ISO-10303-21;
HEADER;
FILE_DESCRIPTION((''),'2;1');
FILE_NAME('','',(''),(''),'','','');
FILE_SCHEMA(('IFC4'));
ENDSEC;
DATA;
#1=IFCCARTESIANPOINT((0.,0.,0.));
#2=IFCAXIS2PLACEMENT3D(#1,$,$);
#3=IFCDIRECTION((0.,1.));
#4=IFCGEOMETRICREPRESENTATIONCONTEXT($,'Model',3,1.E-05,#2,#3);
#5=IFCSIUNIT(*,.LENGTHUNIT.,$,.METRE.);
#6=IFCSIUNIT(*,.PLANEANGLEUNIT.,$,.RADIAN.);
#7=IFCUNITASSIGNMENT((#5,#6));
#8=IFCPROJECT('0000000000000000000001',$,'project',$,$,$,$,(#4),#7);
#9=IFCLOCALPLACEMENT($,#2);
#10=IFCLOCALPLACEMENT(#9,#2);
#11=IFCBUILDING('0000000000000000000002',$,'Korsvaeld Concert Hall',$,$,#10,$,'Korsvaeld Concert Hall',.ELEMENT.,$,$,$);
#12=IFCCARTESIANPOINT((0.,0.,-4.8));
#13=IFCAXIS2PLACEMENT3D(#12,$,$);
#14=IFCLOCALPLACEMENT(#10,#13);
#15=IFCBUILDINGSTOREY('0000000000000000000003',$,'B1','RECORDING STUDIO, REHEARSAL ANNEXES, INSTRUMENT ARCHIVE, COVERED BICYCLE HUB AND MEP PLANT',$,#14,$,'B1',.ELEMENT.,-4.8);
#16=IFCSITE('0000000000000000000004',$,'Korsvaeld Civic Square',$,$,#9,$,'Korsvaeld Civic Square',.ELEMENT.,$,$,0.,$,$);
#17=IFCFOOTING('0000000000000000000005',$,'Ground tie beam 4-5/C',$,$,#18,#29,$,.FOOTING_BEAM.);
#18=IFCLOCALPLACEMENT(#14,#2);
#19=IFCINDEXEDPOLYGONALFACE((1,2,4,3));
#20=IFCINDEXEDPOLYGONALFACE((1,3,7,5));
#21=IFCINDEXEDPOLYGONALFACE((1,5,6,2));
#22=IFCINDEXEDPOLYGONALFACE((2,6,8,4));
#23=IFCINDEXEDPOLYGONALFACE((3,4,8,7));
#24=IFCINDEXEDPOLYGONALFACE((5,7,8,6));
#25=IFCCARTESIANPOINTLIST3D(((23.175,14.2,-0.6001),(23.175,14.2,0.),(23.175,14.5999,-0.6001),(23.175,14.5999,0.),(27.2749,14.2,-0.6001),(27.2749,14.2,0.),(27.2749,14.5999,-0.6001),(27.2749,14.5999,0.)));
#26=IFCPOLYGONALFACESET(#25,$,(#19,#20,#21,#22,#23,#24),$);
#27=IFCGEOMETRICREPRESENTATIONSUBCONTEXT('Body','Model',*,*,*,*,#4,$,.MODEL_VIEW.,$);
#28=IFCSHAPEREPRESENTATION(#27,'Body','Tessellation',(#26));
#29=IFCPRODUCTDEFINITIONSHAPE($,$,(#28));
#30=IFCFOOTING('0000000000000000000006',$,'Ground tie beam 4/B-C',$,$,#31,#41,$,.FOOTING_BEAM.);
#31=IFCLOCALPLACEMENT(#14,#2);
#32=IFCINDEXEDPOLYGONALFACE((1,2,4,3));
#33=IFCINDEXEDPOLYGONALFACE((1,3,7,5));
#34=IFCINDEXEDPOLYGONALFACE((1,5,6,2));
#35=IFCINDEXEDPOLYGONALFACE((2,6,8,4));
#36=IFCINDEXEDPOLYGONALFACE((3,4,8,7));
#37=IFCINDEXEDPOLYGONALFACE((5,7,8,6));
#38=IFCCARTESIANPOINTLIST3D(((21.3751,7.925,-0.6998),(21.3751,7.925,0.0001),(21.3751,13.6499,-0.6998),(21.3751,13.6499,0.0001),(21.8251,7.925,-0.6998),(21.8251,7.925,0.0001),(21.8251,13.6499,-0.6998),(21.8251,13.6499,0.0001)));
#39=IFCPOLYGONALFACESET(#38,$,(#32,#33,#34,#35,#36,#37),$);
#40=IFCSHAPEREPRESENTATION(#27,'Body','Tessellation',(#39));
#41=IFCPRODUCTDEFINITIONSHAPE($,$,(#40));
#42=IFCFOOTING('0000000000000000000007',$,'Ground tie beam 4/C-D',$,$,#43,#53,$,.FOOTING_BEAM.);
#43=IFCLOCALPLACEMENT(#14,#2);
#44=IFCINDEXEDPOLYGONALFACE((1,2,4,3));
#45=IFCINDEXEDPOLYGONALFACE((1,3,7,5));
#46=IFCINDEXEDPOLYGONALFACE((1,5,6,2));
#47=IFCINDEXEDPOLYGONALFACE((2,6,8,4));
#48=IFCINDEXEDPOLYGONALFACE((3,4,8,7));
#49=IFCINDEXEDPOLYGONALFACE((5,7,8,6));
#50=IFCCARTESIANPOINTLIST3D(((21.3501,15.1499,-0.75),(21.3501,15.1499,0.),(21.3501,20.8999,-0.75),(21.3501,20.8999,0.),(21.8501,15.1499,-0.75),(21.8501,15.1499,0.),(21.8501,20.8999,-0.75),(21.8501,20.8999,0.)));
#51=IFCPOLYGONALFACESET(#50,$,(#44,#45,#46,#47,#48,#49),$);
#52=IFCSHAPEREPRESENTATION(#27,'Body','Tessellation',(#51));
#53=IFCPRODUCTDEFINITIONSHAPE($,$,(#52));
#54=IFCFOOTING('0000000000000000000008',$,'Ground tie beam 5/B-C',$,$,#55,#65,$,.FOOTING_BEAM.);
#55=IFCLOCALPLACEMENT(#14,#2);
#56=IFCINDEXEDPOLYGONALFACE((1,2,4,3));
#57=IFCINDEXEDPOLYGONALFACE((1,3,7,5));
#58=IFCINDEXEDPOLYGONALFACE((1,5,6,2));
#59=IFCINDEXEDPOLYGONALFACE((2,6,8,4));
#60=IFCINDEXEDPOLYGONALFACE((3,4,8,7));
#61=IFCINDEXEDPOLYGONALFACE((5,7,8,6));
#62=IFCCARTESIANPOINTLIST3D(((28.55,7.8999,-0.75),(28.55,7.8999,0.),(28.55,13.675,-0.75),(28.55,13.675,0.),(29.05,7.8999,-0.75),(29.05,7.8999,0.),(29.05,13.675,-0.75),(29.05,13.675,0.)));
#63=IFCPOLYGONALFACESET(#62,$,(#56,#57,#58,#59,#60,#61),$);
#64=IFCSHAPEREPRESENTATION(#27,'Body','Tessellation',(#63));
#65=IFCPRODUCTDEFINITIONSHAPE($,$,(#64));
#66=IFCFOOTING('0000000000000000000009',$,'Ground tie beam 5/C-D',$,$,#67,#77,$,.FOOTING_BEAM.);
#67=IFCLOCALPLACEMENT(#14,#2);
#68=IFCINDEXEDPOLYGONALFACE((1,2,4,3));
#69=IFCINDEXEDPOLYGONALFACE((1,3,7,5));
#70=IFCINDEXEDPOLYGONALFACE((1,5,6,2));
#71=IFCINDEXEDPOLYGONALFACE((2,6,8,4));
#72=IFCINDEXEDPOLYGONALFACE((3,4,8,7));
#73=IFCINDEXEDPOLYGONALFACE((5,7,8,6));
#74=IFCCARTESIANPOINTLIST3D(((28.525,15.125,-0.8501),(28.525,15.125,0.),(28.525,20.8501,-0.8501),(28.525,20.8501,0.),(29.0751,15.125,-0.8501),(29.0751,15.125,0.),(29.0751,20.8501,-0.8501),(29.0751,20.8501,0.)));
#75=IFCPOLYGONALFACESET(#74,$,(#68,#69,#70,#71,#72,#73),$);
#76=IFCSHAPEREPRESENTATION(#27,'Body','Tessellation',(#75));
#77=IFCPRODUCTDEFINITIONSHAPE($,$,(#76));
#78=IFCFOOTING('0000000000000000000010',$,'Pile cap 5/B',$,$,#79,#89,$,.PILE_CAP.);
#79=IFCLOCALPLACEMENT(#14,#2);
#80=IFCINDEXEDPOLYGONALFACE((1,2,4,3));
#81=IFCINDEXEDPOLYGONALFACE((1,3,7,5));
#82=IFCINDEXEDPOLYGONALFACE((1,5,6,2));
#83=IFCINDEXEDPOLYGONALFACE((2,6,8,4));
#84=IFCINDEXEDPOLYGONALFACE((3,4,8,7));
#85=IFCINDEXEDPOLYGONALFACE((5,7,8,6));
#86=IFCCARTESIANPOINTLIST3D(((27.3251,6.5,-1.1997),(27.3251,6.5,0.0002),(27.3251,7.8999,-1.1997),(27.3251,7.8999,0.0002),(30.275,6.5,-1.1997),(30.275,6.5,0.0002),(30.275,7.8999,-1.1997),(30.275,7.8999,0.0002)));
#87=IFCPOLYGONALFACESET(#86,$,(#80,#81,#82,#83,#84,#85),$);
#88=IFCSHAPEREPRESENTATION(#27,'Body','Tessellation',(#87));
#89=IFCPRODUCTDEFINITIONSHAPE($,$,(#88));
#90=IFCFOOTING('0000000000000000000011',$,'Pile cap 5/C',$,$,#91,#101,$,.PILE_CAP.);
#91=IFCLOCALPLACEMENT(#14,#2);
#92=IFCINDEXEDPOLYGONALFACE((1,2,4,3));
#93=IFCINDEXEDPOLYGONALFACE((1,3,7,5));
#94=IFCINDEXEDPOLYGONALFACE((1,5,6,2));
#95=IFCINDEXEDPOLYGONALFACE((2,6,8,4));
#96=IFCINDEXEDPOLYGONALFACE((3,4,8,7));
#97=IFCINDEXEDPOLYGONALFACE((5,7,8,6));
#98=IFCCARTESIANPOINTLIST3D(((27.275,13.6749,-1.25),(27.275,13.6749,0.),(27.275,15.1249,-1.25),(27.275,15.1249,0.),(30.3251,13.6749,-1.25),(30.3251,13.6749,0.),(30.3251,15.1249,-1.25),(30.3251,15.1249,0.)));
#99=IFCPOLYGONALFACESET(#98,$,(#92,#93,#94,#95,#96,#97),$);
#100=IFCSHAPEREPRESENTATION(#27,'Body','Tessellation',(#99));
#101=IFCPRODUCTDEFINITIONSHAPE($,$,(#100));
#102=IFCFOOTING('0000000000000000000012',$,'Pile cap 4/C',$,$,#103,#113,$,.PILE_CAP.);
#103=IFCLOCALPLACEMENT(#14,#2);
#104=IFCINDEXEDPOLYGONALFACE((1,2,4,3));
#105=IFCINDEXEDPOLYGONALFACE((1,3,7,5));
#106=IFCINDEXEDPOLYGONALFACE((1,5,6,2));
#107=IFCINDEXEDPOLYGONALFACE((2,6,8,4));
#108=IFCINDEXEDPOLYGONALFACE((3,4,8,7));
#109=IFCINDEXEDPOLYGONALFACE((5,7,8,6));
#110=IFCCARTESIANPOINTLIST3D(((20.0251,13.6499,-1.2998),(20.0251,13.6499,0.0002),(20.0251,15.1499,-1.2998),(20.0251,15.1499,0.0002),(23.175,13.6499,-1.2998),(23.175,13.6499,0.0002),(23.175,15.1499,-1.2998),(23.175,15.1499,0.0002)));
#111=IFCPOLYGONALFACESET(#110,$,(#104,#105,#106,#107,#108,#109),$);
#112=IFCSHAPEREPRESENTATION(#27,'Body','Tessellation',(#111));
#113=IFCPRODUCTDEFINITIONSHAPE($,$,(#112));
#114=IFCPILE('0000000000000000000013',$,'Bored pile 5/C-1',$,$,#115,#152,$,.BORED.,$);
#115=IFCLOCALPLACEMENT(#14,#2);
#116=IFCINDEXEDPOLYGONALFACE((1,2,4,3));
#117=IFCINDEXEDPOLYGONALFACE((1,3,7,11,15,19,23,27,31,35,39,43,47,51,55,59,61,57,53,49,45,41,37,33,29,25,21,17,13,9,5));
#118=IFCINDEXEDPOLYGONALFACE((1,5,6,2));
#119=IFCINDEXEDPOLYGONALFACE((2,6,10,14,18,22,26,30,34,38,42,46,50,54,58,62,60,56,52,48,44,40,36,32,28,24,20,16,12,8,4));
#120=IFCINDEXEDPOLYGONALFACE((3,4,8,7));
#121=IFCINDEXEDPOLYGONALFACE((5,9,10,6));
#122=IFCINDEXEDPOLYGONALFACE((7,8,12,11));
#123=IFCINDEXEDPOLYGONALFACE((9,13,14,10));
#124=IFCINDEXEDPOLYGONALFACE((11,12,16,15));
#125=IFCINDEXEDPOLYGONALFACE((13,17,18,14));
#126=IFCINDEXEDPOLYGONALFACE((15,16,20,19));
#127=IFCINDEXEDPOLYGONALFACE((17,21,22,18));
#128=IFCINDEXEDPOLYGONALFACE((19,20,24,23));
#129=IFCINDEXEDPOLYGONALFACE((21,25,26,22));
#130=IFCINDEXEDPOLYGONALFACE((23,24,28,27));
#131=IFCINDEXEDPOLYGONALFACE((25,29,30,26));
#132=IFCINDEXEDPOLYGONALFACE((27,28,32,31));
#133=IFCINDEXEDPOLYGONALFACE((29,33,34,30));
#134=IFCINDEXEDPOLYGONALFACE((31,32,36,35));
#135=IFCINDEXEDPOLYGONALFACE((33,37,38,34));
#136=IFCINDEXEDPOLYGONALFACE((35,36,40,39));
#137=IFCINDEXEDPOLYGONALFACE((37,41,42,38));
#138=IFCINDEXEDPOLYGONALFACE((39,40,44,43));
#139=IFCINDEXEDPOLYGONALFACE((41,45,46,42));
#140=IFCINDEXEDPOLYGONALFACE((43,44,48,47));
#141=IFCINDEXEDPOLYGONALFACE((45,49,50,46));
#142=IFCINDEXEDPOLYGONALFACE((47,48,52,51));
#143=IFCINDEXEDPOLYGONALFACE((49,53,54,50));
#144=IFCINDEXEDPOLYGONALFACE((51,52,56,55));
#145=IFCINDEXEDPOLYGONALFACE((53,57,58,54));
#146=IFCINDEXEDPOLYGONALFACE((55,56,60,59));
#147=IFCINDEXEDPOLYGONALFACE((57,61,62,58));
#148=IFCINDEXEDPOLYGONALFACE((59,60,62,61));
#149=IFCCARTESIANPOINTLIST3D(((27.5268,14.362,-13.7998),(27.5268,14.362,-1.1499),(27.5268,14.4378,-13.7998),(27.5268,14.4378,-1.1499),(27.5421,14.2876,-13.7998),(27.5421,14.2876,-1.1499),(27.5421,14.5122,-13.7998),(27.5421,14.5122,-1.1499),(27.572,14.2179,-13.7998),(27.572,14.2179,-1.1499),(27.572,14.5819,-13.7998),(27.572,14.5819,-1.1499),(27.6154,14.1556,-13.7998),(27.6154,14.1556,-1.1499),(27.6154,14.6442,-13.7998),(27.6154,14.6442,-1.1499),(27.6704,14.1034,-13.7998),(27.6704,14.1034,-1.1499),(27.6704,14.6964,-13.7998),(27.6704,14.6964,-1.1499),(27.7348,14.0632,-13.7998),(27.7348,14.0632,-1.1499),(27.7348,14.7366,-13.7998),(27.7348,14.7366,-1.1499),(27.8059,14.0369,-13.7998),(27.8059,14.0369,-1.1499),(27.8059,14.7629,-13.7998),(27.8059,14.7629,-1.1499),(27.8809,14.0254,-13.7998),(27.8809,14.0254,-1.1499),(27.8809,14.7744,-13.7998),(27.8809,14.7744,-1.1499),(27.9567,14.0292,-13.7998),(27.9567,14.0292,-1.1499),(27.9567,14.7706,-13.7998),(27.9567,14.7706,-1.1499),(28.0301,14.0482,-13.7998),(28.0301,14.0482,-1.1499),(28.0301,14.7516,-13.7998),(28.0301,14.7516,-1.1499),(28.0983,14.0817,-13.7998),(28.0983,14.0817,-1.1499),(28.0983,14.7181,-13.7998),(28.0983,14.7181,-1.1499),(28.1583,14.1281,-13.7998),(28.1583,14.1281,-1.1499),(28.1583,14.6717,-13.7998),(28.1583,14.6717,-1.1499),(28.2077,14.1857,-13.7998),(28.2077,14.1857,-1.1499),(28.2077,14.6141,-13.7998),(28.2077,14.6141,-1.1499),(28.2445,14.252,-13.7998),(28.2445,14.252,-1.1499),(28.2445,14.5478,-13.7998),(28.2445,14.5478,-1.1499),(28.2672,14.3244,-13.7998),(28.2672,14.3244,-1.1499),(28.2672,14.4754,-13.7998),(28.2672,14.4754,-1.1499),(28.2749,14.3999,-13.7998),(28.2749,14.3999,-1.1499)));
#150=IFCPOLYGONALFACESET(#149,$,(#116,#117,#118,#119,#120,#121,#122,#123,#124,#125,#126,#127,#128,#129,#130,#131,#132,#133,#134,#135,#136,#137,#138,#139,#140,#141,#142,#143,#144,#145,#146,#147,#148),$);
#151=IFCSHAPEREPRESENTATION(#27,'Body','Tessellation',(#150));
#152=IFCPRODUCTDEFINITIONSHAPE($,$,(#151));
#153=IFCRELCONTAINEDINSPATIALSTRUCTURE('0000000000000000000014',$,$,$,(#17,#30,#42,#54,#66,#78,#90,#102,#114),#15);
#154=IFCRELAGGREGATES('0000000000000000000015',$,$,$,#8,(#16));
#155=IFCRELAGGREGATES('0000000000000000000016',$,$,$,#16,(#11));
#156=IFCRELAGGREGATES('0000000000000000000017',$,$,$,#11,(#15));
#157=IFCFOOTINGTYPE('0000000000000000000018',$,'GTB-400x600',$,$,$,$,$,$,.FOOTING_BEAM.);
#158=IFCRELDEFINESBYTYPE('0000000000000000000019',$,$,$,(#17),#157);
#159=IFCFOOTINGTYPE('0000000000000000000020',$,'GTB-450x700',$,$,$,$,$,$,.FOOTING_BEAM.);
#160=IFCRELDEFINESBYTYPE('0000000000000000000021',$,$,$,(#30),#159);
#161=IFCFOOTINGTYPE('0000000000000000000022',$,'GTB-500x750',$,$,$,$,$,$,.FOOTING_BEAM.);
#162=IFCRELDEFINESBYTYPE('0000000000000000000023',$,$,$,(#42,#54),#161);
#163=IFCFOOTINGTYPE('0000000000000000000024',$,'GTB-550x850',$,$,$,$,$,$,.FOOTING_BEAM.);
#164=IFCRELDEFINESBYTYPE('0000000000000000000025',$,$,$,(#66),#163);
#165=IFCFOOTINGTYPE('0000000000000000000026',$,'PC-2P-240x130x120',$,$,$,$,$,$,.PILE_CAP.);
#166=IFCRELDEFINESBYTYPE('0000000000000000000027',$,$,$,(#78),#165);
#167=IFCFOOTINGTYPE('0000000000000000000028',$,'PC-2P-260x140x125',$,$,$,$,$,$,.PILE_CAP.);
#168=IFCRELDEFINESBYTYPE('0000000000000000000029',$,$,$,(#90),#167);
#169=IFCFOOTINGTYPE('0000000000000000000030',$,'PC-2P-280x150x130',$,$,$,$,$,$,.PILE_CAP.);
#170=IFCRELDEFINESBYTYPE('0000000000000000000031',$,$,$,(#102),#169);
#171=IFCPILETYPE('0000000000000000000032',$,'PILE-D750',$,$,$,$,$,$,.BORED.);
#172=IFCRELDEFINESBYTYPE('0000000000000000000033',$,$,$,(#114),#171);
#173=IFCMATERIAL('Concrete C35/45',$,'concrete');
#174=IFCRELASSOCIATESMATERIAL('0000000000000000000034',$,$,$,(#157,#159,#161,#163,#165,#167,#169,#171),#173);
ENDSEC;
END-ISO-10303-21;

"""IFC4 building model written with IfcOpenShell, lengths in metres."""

from ifc_helpers import new_model, si_unit, direction, frame, origin, origin_2d, place, context, subcontext, project, spatial, rectangle, circle, extrude, material, material_profile, profile_set, type_object, element, save


model = new_model("IFC4")

# Units and contexts
model_context = context("Model", 3, precision=1e-05, world=origin(), true_north=direction((0.0, 1.0)))
body_context = subcontext(model_context, "Body", "Model", "MODEL_VIEW")
ifc_project = project(units=[si_unit("LENGTHUNIT", "METRE"), si_unit("PLANEANGLEUNIT", "RADIAN")], contexts=[model_context])

# Site, building, storey
site_placement = place(None, origin())
site = spatial("IfcSite", under=ifc_project, at=site_placement, Name="Korsvaeld Civic Square", LongName="Korsvaeld Civic Square", CompositionType="ELEMENT", RefElevation=0.0)
building_placement = place(site_placement, origin())
building = spatial("IfcBuilding", under=site, at=building_placement, Name="Korsvaeld Concert Hall", LongName="Korsvaeld Concert Hall", CompositionType="ELEMENT")
storey_placement = place(building_placement, frame((0.0, 0.0, -4.8)))
storey = spatial("IfcBuildingStorey", under=building, at=storey_placement, Name="B1", Description="RECORDING STUDIO, REHEARSAL ANNEXES, INSTRUMENT ARCHIVE, COVERED BICYCLE HUB AND MEP PLANT", LongName="B1", CompositionType="ELEMENT", Elevation=-4.8)

# Footings
ifc_material_1 = material(Name="Concrete C35/45", Category="concrete")
ifc_material_profile_1 = material_profile(ifc_material_1, rectangle(XDim=0.3999, YDim=0.6001, at=origin_2d()), Name="GTB 400x600")
ifc_profile_set_1 = profile_set([ifc_material_profile_1], Name="Concrete C35/45")
footing_type_1 = type_object("IfcFootingType", Name="GTB-400x600", PredefinedType="FOOTING_BEAM", material=ifc_profile_set_1)
footing_1_placement = place(storey_placement, frame((23.175, 14.3999, -0.3), z_axis=(1.0, 0.0, 0.0), x_axis=(0.0, 1.0, 0.0)))
element("IfcFooting", 1, at=footing_1_placement, inside=storey, type_object=footing_type_1, Name="Ground tie beam 4-5/C", PredefinedType="FOOTING_BEAM", context=body_context, shape_type="SweptSolid", body=[
    extrude(rectangle(XDim=0.3999, YDim=0.6001, at=origin_2d()), origin(), (0.0, 0.0, 1.0), 4.0999),
])
ifc_material_profile_2 = material_profile(ifc_material_1, rectangle(XDim=0.45, YDim=0.7, at=origin_2d()), Name="GTB 450x700")
ifc_profile_set_2 = profile_set([ifc_material_profile_2], Name="Concrete C35/45")
footing_type_2 = type_object("IfcFootingType", Name="GTB-450x700", PredefinedType="FOOTING_BEAM", material=ifc_profile_set_2)
footing_2_placement = place(storey_placement, frame((21.6001, 7.925, -0.3499), z_axis=(0.0, 1.0, 0.0), x_axis=(-1.0, 0.0, 0.0)))
element("IfcFooting", 2, at=footing_2_placement, inside=storey, type_object=footing_type_2, Name="Ground tie beam 4/B-C", PredefinedType="FOOTING_BEAM", context=body_context, shape_type="SweptSolid", body=[
    extrude(rectangle(XDim=0.45, YDim=0.7, at=origin_2d()), origin(), (0.0, 0.0, 1.0), 5.7249),
])
ifc_material_profile_3 = material_profile(ifc_material_1, rectangle(XDim=0.5, YDim=0.75, at=origin_2d()), Name="GTB 500x750")
ifc_profile_set_3 = profile_set([ifc_material_profile_3], Name="Concrete C35/45")
footing_type_3 = type_object("IfcFootingType", Name="GTB-500x750", PredefinedType="FOOTING_BEAM", material=ifc_profile_set_3)
footing_3_placement = place(storey_placement, frame((21.6001, 15.1499, -0.375), z_axis=(0.0, 1.0, 0.0), x_axis=(-1.0, 0.0, 0.0)))
element("IfcFooting", 3, at=footing_3_placement, inside=storey, type_object=footing_type_3, Name="Ground tie beam 4/C-D", PredefinedType="FOOTING_BEAM", context=body_context, shape_type="SweptSolid", body=[
    extrude(rectangle(XDim=0.5, YDim=0.75, at=origin_2d()), origin(), (0.0, 0.0, 1.0), 5.75),
])
footing_4_placement = place(storey_placement, frame((28.8, 7.8999, -0.375), z_axis=(0.0, 1.0, 0.0), x_axis=(-1.0, 0.0, 0.0)))
element("IfcFooting", 4, at=footing_4_placement, inside=storey, type_object=footing_type_3, Name="Ground tie beam 5/B-C", PredefinedType="FOOTING_BEAM", context=body_context, shape_type="SweptSolid", body=[
    extrude(rectangle(XDim=0.5, YDim=0.75, at=origin_2d()), origin(), (0.0, 0.0, 1.0), 5.7751),
])
ifc_material_profile_4 = material_profile(ifc_material_1, rectangle(XDim=0.55, YDim=0.8501, at=origin_2d()), Name="GTB 550x850")
ifc_profile_set_4 = profile_set([ifc_material_profile_4], Name="Concrete C35/45")
footing_type_4 = type_object("IfcFootingType", Name="GTB-550x850", PredefinedType="FOOTING_BEAM", material=ifc_profile_set_4)
footing_5_placement = place(storey_placement, frame((28.8, 15.125, -0.425), z_axis=(0.0, 1.0, 0.0), x_axis=(-1.0, 0.0, 0.0)))
element("IfcFooting", 5, at=footing_5_placement, inside=storey, type_object=footing_type_4, Name="Ground tie beam 5/C-D", PredefinedType="FOOTING_BEAM", context=body_context, shape_type="SweptSolid", body=[
    extrude(rectangle(XDim=0.55, YDim=0.8501, at=origin_2d()), origin(), (0.0, 0.0, 1.0), 5.7251),
])
footing_type_5 = type_object("IfcFootingType", Name="PC-2P-240x130x120", PredefinedType="PILE_CAP", material=ifc_material_1)
footing_6_placement = place(storey_placement, frame((28.8, 7.2, -1.1997), z_axis=(0.0, 0.0, 1.0), x_axis=(1.0, 0.0, 0.0)))
element("IfcFooting", 6, at=footing_6_placement, inside=storey, type_object=footing_type_5, Name="Pile cap 5/B", PredefinedType="PILE_CAP", context=body_context, shape_type="SweptSolid", body=[
    extrude(rectangle(XDim=2.95, YDim=1.3999, at=origin_2d()), origin(), (0.0, 0.0, 1.0), 1.2),
])
footing_type_6 = type_object("IfcFootingType", Name="PC-2P-260x140x125", PredefinedType="PILE_CAP", material=ifc_material_1)
footing_7_placement = place(storey_placement, frame((28.8, 14.3999, -1.25), z_axis=(0.0, 0.0, 1.0), x_axis=(1.0, 0.0, 0.0)))
element("IfcFooting", 7, at=footing_7_placement, inside=storey, type_object=footing_type_6, Name="Pile cap 5/C", PredefinedType="PILE_CAP", context=body_context, shape_type="SweptSolid", body=[
    extrude(rectangle(XDim=3.05, YDim=1.45, at=origin_2d()), origin(), (0.0, 0.0, 1.0), 1.25),
])
footing_type_7 = type_object("IfcFootingType", Name="PC-2P-280x150x130", PredefinedType="PILE_CAP", material=ifc_material_1)
footing_8_placement = place(storey_placement, frame((21.6001, 14.3999, -1.2998), z_axis=(0.0, 0.0, 1.0), x_axis=(1.0, 0.0, 0.0)))
element("IfcFooting", 8, at=footing_8_placement, inside=storey, type_object=footing_type_7, Name="Pile cap 4/C", PredefinedType="PILE_CAP", context=body_context, shape_type="SweptSolid", body=[
    extrude(rectangle(XDim=3.1499, YDim=1.5, at=origin_2d()), origin(), (0.0, 0.0, 1.0), 1.3),
])

# Pile
ifc_material_profile_5 = material_profile(ifc_material_1, circle(Radius=0.375, at=origin_2d()), Name="BORED PILE D750")
ifc_profile_set_5 = profile_set([ifc_material_profile_5], Name="Concrete C35/45")
pile_type_1 = type_object("IfcPileType", Name="PILE-D750", PredefinedType="BORED", material=ifc_profile_set_5)
pile_placement = place(storey_placement, frame((27.8999, 14.3999, -1.1499), z_axis=(0.0, 0.0, -1.0), x_axis=(1.0, 0.0, 0.0)))
element("IfcPile", 9, at=pile_placement, inside=storey, type_object=pile_type_1, Name="Bored pile 5/C-1", PredefinedType="BORED", context=body_context, shape_type="SweptSolid", body=[
    extrude(circle(Radius=0.375, at=origin_2d()), origin(), (0.0, 0.0, 1.0), 12.6499),
])

save(model, "model.ifc")
